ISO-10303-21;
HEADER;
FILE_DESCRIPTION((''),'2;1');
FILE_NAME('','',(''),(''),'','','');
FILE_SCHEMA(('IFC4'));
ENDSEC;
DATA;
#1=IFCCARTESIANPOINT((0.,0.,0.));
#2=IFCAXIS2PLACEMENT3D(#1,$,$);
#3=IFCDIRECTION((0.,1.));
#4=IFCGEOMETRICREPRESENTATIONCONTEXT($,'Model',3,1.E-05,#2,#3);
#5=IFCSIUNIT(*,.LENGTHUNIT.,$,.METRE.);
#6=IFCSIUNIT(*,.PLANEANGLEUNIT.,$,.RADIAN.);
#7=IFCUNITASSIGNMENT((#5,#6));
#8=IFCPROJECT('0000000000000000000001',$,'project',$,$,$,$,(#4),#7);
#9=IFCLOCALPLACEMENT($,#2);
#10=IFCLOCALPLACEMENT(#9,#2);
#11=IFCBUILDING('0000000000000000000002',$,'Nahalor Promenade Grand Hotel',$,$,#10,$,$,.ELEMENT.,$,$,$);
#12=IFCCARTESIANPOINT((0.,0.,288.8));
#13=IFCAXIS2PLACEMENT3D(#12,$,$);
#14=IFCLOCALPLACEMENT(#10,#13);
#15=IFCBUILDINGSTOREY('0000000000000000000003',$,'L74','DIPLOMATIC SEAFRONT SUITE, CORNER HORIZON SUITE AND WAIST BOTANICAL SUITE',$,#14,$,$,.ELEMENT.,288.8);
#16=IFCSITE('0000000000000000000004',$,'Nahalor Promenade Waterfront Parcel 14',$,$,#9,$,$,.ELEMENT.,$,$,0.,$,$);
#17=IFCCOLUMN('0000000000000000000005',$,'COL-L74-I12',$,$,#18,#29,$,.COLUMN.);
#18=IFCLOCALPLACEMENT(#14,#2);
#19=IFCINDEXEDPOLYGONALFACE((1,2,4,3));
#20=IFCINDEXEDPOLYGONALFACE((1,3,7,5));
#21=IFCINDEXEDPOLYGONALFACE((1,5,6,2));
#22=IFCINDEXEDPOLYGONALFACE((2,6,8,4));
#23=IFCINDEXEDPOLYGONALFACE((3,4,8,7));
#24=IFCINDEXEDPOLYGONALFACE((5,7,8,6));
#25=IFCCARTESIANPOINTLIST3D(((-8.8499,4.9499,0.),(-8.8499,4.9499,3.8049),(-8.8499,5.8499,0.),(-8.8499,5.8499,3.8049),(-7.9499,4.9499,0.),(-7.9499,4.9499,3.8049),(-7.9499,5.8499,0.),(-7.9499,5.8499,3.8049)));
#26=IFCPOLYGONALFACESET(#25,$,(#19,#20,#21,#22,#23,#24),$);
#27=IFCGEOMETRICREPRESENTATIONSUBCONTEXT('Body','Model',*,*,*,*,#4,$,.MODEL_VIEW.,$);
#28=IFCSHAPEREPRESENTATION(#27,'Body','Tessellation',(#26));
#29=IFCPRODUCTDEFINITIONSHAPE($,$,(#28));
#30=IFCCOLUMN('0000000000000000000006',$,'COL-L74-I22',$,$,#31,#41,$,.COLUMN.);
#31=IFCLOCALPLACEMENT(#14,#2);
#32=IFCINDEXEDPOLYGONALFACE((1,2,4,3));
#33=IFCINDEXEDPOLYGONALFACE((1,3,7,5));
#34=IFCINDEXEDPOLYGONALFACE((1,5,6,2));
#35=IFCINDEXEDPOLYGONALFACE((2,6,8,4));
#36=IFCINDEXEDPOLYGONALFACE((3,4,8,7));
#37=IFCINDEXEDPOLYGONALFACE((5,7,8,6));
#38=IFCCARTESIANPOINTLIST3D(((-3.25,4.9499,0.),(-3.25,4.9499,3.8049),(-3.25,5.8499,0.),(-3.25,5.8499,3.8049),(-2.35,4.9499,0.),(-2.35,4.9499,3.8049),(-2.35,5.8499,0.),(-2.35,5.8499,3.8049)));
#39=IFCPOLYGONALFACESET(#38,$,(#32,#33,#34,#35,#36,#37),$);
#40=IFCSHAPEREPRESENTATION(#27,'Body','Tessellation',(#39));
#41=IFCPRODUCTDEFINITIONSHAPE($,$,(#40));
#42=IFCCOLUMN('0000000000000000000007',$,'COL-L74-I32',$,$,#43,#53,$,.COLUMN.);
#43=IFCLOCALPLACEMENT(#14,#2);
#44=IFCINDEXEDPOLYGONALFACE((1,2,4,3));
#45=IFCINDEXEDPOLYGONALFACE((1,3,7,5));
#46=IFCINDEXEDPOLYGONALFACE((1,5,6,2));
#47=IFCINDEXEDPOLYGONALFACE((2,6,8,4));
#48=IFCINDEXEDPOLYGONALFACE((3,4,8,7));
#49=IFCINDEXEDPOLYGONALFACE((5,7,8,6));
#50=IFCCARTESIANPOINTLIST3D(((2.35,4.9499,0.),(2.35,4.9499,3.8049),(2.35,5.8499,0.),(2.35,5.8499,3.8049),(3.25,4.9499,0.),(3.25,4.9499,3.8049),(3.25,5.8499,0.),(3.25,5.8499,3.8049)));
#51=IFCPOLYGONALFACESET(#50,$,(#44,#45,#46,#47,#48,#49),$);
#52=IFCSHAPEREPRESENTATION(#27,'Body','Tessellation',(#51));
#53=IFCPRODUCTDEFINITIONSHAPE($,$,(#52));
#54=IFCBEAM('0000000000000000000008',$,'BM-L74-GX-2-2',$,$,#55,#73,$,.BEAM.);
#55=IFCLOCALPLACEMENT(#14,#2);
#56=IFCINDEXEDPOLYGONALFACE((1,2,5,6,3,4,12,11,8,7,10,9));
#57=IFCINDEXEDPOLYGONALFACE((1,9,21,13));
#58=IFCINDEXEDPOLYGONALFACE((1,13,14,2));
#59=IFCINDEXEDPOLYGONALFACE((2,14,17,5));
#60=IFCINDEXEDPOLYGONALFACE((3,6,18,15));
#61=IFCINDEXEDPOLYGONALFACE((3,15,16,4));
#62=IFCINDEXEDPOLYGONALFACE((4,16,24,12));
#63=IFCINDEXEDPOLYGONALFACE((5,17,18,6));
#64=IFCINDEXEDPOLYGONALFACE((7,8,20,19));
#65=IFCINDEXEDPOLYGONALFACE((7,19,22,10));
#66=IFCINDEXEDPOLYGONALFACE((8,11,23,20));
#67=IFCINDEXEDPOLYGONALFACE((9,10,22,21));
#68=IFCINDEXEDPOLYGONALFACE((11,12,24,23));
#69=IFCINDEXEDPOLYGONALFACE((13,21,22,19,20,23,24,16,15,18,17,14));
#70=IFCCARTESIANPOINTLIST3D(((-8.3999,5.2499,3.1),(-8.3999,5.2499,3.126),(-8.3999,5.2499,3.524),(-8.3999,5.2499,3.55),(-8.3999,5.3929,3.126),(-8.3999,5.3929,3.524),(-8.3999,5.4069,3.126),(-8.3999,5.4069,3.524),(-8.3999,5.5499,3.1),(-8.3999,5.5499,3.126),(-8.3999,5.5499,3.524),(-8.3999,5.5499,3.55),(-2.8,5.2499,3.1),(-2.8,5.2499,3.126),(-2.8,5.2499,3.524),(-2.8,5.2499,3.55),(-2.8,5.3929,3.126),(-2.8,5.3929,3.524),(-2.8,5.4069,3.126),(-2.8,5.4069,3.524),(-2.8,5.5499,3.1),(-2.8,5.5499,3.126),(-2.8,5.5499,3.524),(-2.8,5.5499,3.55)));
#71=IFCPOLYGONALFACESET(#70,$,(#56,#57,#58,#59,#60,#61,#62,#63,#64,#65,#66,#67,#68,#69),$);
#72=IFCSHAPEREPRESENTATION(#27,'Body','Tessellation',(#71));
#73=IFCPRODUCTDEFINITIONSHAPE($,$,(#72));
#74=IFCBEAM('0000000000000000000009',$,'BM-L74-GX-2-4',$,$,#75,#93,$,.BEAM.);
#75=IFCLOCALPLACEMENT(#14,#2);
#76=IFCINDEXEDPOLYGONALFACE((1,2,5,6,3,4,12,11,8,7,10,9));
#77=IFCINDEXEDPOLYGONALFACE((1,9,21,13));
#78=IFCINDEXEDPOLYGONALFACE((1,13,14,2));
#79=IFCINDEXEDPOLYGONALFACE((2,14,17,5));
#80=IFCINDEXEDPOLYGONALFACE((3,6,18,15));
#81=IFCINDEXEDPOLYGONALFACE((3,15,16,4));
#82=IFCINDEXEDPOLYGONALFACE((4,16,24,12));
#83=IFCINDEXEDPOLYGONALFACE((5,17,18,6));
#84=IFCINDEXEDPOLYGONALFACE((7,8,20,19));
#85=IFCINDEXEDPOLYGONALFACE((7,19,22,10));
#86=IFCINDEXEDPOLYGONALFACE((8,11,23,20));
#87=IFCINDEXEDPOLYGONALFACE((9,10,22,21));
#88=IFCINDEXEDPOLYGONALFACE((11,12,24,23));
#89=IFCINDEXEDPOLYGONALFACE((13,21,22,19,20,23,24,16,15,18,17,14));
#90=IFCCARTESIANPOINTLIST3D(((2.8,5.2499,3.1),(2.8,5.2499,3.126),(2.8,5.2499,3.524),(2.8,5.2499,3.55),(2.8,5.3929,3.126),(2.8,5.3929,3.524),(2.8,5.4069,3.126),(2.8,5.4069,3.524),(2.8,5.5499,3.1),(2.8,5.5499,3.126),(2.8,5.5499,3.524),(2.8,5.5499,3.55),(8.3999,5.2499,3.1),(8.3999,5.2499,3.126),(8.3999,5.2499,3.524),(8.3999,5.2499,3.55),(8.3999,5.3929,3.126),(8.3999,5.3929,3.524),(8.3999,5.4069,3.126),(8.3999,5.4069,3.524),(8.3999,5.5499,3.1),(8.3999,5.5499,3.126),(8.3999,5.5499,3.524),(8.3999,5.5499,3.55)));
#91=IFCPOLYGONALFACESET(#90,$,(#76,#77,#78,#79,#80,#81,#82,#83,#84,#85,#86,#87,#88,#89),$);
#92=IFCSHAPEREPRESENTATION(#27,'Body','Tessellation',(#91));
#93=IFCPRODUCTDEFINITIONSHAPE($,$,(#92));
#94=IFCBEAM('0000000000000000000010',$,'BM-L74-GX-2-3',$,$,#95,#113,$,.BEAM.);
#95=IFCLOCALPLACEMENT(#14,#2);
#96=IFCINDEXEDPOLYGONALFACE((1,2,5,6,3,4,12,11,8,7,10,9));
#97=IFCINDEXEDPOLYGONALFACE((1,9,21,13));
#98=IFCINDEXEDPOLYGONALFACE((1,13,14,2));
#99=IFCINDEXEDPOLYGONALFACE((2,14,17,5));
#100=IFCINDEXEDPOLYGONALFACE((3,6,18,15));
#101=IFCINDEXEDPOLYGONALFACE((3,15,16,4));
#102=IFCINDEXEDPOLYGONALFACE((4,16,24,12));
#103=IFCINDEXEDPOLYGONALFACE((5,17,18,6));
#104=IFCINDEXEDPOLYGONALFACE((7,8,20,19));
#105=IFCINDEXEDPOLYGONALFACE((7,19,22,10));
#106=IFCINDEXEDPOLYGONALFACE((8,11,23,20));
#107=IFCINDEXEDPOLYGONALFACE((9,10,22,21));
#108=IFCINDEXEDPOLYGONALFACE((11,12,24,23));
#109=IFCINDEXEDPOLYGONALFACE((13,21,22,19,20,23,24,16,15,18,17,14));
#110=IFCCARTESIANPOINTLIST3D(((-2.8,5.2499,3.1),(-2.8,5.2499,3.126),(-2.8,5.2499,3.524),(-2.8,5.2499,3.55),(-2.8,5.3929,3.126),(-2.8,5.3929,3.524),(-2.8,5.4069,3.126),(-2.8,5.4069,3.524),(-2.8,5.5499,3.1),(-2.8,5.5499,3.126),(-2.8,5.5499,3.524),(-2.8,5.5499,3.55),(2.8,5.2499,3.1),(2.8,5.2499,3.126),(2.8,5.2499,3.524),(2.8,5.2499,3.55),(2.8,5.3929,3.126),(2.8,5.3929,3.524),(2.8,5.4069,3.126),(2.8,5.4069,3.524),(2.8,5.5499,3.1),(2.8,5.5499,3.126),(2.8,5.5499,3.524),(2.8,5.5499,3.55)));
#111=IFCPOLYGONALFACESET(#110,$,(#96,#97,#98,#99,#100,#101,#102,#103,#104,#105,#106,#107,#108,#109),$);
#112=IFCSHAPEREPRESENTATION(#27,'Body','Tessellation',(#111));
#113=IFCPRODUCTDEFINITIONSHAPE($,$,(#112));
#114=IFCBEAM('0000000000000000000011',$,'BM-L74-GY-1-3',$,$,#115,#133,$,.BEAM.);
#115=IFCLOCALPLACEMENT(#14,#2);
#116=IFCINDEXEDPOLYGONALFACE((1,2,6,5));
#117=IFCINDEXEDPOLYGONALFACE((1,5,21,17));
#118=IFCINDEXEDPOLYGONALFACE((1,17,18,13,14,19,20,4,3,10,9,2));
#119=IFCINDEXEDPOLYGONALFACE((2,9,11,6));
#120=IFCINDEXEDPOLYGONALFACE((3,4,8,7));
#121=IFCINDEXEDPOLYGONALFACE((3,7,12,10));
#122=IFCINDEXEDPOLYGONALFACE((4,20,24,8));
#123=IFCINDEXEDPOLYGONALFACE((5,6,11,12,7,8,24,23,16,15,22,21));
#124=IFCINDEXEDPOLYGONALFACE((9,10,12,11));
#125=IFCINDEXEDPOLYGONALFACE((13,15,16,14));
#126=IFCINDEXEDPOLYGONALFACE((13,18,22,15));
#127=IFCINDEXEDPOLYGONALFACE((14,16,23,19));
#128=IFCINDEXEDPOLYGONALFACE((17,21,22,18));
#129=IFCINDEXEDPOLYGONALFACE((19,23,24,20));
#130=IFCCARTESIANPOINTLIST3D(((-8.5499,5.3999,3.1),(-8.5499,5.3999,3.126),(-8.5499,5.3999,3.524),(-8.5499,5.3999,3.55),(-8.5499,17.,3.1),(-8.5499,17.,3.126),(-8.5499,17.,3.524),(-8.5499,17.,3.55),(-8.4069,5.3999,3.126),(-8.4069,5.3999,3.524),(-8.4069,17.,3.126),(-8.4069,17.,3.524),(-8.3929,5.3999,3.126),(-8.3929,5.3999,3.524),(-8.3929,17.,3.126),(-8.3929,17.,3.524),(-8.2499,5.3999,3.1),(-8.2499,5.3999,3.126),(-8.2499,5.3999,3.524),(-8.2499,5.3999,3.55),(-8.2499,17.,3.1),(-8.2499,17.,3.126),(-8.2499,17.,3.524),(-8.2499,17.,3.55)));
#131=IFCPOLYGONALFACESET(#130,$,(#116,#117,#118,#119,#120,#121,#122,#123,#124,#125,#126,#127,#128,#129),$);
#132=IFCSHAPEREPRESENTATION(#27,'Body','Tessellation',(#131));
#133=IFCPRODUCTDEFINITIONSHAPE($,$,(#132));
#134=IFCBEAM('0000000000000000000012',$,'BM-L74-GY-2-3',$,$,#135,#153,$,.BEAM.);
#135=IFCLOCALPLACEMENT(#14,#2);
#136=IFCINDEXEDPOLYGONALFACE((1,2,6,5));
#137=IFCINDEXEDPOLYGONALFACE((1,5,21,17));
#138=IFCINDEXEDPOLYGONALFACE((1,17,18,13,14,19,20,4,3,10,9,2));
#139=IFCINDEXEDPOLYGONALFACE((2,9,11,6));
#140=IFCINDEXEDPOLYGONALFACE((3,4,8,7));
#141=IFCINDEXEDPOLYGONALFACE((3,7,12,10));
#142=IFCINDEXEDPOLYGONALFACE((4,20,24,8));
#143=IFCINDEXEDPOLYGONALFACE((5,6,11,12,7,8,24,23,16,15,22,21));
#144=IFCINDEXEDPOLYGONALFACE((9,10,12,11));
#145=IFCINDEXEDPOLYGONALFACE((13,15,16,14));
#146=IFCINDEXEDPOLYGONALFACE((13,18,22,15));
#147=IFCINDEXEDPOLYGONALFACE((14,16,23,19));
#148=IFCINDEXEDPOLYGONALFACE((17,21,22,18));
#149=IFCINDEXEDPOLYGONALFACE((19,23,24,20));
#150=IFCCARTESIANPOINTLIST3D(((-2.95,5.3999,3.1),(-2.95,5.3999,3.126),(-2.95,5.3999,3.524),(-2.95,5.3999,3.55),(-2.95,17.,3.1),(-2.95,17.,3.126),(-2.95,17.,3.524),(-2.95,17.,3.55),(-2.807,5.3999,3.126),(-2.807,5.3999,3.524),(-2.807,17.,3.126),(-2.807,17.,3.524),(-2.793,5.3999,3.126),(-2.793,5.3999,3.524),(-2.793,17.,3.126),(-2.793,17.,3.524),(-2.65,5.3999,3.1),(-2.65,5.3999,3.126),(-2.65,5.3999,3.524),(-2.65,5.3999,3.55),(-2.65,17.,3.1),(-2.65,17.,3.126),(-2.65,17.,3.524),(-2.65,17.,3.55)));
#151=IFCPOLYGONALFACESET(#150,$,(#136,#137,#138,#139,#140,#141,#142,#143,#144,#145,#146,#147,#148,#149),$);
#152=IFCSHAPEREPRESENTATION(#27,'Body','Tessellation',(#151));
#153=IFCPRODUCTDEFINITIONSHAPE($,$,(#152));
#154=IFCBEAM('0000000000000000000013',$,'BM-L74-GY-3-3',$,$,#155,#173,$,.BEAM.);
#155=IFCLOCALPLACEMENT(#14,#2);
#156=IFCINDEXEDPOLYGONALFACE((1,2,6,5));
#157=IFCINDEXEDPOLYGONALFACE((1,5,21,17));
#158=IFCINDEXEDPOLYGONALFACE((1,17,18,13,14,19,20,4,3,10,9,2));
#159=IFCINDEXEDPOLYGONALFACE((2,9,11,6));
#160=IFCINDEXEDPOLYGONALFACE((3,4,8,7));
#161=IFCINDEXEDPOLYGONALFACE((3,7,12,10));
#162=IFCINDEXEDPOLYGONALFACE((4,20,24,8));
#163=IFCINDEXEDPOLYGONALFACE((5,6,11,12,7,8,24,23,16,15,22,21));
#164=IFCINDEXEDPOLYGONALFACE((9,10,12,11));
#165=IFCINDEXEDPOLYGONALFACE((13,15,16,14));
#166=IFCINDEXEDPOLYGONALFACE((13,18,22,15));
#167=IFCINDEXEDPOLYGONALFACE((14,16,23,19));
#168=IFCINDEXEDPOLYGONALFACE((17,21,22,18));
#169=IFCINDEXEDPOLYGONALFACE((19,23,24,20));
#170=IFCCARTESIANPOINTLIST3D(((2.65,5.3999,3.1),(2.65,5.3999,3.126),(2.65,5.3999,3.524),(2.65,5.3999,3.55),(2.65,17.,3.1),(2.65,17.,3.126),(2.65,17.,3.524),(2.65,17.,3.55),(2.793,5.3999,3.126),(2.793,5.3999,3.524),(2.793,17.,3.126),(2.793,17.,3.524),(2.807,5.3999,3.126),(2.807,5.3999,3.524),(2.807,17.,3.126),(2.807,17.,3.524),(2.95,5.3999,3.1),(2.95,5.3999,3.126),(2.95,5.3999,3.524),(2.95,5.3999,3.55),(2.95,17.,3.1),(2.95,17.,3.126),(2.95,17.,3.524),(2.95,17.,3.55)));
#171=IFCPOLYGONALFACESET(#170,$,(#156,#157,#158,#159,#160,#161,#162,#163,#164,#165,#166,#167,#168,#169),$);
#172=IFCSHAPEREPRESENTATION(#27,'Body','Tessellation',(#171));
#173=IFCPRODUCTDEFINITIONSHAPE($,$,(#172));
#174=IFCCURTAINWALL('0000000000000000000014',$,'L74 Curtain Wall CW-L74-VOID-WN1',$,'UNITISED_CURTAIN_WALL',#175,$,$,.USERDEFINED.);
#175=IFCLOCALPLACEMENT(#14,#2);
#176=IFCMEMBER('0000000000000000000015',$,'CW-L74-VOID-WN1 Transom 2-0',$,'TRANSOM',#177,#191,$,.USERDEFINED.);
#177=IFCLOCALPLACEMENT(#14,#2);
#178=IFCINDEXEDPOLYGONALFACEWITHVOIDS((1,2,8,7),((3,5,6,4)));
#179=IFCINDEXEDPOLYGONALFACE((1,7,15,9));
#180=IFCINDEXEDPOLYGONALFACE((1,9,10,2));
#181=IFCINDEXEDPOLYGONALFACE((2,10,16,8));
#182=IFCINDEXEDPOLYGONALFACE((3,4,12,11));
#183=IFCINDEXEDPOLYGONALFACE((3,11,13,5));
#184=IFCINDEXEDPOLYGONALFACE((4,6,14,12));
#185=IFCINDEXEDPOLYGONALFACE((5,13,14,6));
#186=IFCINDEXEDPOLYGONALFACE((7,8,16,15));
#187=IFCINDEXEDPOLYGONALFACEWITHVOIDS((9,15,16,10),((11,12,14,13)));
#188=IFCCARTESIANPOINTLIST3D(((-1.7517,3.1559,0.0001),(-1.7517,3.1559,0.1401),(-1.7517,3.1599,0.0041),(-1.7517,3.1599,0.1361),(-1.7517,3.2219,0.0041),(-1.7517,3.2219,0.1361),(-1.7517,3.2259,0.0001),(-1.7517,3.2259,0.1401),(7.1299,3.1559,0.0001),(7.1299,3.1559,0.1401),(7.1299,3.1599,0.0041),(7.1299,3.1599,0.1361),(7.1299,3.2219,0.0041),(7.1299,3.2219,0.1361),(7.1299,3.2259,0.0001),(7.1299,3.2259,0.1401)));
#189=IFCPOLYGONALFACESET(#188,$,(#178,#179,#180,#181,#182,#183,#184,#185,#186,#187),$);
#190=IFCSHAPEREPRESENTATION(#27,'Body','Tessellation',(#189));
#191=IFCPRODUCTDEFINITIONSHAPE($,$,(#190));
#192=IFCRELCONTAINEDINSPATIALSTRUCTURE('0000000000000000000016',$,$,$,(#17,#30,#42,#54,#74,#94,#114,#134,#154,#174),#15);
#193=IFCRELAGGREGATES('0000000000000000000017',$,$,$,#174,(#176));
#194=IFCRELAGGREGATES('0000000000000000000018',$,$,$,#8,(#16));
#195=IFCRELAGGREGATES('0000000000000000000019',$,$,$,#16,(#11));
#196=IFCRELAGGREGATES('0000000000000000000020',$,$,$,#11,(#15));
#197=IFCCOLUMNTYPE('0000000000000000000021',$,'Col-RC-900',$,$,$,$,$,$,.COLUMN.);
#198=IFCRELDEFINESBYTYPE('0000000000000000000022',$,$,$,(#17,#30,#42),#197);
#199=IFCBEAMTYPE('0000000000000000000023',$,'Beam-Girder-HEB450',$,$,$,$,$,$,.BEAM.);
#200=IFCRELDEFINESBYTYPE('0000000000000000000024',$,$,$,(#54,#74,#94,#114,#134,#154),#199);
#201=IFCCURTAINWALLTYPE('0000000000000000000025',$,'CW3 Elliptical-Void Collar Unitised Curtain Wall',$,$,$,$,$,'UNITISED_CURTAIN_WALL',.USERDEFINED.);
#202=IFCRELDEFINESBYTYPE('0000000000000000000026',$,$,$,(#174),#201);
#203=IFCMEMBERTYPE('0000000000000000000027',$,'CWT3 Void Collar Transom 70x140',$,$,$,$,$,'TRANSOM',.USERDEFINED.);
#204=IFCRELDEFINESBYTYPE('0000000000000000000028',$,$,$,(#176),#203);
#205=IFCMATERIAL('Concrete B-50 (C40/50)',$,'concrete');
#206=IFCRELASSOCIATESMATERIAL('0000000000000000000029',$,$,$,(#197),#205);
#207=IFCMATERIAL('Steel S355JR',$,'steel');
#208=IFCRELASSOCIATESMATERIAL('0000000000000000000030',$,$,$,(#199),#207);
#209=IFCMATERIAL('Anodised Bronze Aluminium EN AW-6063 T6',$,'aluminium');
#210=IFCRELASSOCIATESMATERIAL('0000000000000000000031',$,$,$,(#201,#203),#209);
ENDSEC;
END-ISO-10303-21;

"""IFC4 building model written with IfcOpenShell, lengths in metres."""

from ifc_helpers import new_model, si_unit, direction, frame, origin, origin_2d, place, context, subcontext, project, spatial, rectangle, hollow_rectangle, i_section, extrude, source, transform, mapped, material, material_profile, profile_set, type_object, element, aggregate, save


model = new_model("IFC4")

# Units and contexts
model_context = context("Model", 3, precision=1e-05, world=origin(), true_north=direction((0.0, 1.0)))
body_context = subcontext(model_context, "Body", "Model", "MODEL_VIEW")
ifc_project = project(units=[si_unit("LENGTHUNIT", "METRE"), si_unit("PLANEANGLEUNIT", "RADIAN")], contexts=[model_context])

# Site, building, storey
site_placement = place(None, origin())
site = spatial("IfcSite", under=ifc_project, at=site_placement, Name="Nahalor Promenade Waterfront Parcel 14", CompositionType="ELEMENT", RefElevation=0.0)
building_placement = place(site_placement, origin())
building = spatial("IfcBuilding", under=site, at=building_placement, Name="Nahalor Promenade Grand Hotel", CompositionType="ELEMENT")
storey_placement = place(building_placement, frame((0.0, 0.0, 288.8)))
storey = spatial("IfcBuildingStorey", under=building, at=storey_placement, Name="L74", Description="DIPLOMATIC SEAFRONT SUITE, CORNER HORIZON SUITE AND WAIST BOTANICAL SUITE", CompositionType="ELEMENT", Elevation=288.8)

# Columns
ifc_material_1 = material(Name="Concrete B-50 (C40/50)", Category="concrete")
ifc_material_profile_1 = material_profile(ifc_material_1, rectangle(XDim=0.9, YDim=0.9, at=origin_2d()), Name="RC 900x900")
ifc_profile_set_1 = profile_set([ifc_material_profile_1], Name="Concrete B-50 (C40/50)")
column_type = type_object("IfcColumnType", Name="Col-RC-900", PredefinedType="COLUMN", material=ifc_profile_set_1)
shared_shape_1 = source(origin(), body_context, "Body", "SweptSolid", [
    extrude(rectangle(XDim=0.9, YDim=0.9, at=origin_2d()), origin(), (0.0, 0.0, 1.0), 3.8049),
])
for number, where, z_axis, x_axis, name in (
    (1, (-8.3999, 5.3999, 0.0), (0.0, 0.0, 1.0), (1.0, 0.0, 0.0), "COL-L74-I12"),
    (2, (-2.8, 5.3999, 0.0), (0.0, 0.0, 1.0), (1.0, 0.0, 0.0), "COL-L74-I22"),
    (3, (2.8, 5.3999, 0.0), (0.0, 0.0, 1.0), (1.0, 0.0, 0.0), "COL-L74-I32"),
):
    element("IfcColumn", number, at=place(storey_placement, frame(where, z_axis=z_axis, x_axis=x_axis)), inside=storey, type_object=column_type, Name=name, PredefinedType="COLUMN", context=body_context, shape_type="MappedRepresentation", body=[
        mapped(shared_shape_1, transform((0.0, 0.0, 0.0), scale=1.0)),
    ])

# Beams
ifc_material_2 = material(Name="Steel S355JR", Category="steel")
ifc_material_profile_2 = material_profile(ifc_material_2, i_section(OverallWidth=0.3, OverallDepth=0.45, WebThickness=0.014, FlangeThickness=0.026, at=origin_2d()), Name="HEB 450")
ifc_profile_set_2 = profile_set([ifc_material_profile_2], Name="Steel S355JR")
beam_type = type_object("IfcBeamType", Name="Beam-Girder-HEB450", PredefinedType="BEAM", material=ifc_profile_set_2)
shared_shape_2 = source(origin(), body_context, "Body", "SweptSolid", [
    extrude(i_section(OverallWidth=0.3, OverallDepth=0.45, WebThickness=0.014, FlangeThickness=0.026, at=origin_2d()), origin(), (0.0, 0.0, 1.0), 5.5999),
])
for number, where, z_axis, x_axis, name in (
    (4, (-8.3999, 5.3999, 3.325), (1.0, 0.0, 0.0), (0.0, 1.0, 0.0), "BM-L74-GX-2-2"),
    (5, (2.8, 5.3999, 3.325), (1.0, 0.0, 0.0), (0.0, 1.0, 0.0), "BM-L74-GX-2-4"),
):
    element("IfcBeam", number, at=place(storey_placement, frame(where, z_axis=z_axis, x_axis=x_axis)), inside=storey, type_object=beam_type, Name=name, PredefinedType="BEAM", context=body_context, shape_type="MappedRepresentation", body=[
        mapped(shared_shape_2, transform((0.0, 0.0, 0.0), scale=1.0)),
    ])
shared_shape_3 = source(origin(), body_context, "Body", "SweptSolid", [
    extrude(i_section(OverallWidth=0.3, OverallDepth=0.45, WebThickness=0.014, FlangeThickness=0.026, at=origin_2d()), origin(), (0.0, 0.0, 1.0), 5.6001),
])
beam_placement = place(storey_placement, frame((-2.8, 5.3999, 3.325), z_axis=(1.0, 0.0, 0.0), x_axis=(0.0, 1.0, 0.0)))
element("IfcBeam", 6, at=beam_placement, inside=storey, type_object=beam_type, Name="BM-L74-GX-2-3", PredefinedType="BEAM", context=body_context, shape_type="MappedRepresentation", body=[
    mapped(shared_shape_3, transform((0.0, 0.0, 0.0), scale=1.0)),
])
shared_shape_4 = source(origin(), body_context, "Body", "SweptSolid", [
    extrude(i_section(OverallWidth=0.3, OverallDepth=0.45, WebThickness=0.014, FlangeThickness=0.026, at=origin_2d()), origin(), (0.0, 0.0, 1.0), 11.6001),
])
for number, where, z_axis, x_axis, name in (
    (7, (-8.3999, 5.3999, 3.325), (0.0, 1.0, 0.0), (-1.0, 0.0, 0.0), "BM-L74-GY-1-3"),
    (8, (-2.8, 5.3999, 3.325), (0.0, 1.0, 0.0), (-1.0, 0.0, 0.0), "BM-L74-GY-2-3"),
    (9, (2.8, 5.3999, 3.325), (0.0, 1.0, 0.0), (-1.0, 0.0, 0.0), "BM-L74-GY-3-3"),
):
    element("IfcBeam", number, at=place(storey_placement, frame(where, z_axis=z_axis, x_axis=x_axis)), inside=storey, type_object=beam_type, Name=name, PredefinedType="BEAM", context=body_context, shape_type="MappedRepresentation", body=[
        mapped(shared_shape_4, transform((0.0, 0.0, 0.0), scale=1.0)),
    ])

# Curtain wall, member
ifc_material_3 = material(Name="Anodised Bronze Aluminium EN AW-6063 T6", Category="aluminium")
curtain_wall_type = type_object("IfcCurtainWallType", Name="CW3 Elliptical-Void Collar Unitised Curtain Wall", ElementType="UNITISED_CURTAIN_WALL", PredefinedType="USERDEFINED", material=ifc_material_3)
curtain_wall_placement = place(storey_placement, origin())
curtain_wall = element("IfcCurtainWall", 10, at=curtain_wall_placement, inside=storey, type_object=curtain_wall_type, Name="L74 Curtain Wall CW-L74-VOID-WN1", ObjectType="UNITISED_CURTAIN_WALL", PredefinedType="USERDEFINED")
ifc_material_profile_3 = material_profile(ifc_material_3, hollow_rectangle(XDim=0.07, YDim=0.14, WallThickness=0.004, at=origin_2d()), Name="CWT 70x140x4")
ifc_profile_set_3 = profile_set([ifc_material_profile_3], Name="Anodised Bronze Aluminium EN AW-6063 T6")
member_type_1 = type_object("IfcMemberType", Name="CWT3 Void Collar Transom 70x140", ElementType="TRANSOM", PredefinedType="USERDEFINED", material=ifc_profile_set_3)
shared_shape_5 = source(origin(), body_context, "Body", "SweptSolid", [
    extrude(hollow_rectangle(XDim=0.07, YDim=0.14, WallThickness=0.004, at=origin_2d()), origin(), (0.0, 0.0, 1.0), 8.8816),
])
member_1_placement = place(storey_placement, frame((-1.7517, 3.1909, 0.0701), z_axis=(1.0, 0.0, 0.0), x_axis=(0.0, 1.0, 0.0)))
member_1 = element("IfcMember", 11, at=member_1_placement, type_object=member_type_1, Name="CW-L74-VOID-WN1 Transom 2-0", ObjectType="TRANSOM", PredefinedType="USERDEFINED", context=body_context, shape_type="MappedRepresentation", body=[
    mapped(shared_shape_5, transform((0.0, 0.0, 0.0), scale=1.0)),
])

aggregate(curtain_wall, [member_1])

save(model, "model.ifc")
